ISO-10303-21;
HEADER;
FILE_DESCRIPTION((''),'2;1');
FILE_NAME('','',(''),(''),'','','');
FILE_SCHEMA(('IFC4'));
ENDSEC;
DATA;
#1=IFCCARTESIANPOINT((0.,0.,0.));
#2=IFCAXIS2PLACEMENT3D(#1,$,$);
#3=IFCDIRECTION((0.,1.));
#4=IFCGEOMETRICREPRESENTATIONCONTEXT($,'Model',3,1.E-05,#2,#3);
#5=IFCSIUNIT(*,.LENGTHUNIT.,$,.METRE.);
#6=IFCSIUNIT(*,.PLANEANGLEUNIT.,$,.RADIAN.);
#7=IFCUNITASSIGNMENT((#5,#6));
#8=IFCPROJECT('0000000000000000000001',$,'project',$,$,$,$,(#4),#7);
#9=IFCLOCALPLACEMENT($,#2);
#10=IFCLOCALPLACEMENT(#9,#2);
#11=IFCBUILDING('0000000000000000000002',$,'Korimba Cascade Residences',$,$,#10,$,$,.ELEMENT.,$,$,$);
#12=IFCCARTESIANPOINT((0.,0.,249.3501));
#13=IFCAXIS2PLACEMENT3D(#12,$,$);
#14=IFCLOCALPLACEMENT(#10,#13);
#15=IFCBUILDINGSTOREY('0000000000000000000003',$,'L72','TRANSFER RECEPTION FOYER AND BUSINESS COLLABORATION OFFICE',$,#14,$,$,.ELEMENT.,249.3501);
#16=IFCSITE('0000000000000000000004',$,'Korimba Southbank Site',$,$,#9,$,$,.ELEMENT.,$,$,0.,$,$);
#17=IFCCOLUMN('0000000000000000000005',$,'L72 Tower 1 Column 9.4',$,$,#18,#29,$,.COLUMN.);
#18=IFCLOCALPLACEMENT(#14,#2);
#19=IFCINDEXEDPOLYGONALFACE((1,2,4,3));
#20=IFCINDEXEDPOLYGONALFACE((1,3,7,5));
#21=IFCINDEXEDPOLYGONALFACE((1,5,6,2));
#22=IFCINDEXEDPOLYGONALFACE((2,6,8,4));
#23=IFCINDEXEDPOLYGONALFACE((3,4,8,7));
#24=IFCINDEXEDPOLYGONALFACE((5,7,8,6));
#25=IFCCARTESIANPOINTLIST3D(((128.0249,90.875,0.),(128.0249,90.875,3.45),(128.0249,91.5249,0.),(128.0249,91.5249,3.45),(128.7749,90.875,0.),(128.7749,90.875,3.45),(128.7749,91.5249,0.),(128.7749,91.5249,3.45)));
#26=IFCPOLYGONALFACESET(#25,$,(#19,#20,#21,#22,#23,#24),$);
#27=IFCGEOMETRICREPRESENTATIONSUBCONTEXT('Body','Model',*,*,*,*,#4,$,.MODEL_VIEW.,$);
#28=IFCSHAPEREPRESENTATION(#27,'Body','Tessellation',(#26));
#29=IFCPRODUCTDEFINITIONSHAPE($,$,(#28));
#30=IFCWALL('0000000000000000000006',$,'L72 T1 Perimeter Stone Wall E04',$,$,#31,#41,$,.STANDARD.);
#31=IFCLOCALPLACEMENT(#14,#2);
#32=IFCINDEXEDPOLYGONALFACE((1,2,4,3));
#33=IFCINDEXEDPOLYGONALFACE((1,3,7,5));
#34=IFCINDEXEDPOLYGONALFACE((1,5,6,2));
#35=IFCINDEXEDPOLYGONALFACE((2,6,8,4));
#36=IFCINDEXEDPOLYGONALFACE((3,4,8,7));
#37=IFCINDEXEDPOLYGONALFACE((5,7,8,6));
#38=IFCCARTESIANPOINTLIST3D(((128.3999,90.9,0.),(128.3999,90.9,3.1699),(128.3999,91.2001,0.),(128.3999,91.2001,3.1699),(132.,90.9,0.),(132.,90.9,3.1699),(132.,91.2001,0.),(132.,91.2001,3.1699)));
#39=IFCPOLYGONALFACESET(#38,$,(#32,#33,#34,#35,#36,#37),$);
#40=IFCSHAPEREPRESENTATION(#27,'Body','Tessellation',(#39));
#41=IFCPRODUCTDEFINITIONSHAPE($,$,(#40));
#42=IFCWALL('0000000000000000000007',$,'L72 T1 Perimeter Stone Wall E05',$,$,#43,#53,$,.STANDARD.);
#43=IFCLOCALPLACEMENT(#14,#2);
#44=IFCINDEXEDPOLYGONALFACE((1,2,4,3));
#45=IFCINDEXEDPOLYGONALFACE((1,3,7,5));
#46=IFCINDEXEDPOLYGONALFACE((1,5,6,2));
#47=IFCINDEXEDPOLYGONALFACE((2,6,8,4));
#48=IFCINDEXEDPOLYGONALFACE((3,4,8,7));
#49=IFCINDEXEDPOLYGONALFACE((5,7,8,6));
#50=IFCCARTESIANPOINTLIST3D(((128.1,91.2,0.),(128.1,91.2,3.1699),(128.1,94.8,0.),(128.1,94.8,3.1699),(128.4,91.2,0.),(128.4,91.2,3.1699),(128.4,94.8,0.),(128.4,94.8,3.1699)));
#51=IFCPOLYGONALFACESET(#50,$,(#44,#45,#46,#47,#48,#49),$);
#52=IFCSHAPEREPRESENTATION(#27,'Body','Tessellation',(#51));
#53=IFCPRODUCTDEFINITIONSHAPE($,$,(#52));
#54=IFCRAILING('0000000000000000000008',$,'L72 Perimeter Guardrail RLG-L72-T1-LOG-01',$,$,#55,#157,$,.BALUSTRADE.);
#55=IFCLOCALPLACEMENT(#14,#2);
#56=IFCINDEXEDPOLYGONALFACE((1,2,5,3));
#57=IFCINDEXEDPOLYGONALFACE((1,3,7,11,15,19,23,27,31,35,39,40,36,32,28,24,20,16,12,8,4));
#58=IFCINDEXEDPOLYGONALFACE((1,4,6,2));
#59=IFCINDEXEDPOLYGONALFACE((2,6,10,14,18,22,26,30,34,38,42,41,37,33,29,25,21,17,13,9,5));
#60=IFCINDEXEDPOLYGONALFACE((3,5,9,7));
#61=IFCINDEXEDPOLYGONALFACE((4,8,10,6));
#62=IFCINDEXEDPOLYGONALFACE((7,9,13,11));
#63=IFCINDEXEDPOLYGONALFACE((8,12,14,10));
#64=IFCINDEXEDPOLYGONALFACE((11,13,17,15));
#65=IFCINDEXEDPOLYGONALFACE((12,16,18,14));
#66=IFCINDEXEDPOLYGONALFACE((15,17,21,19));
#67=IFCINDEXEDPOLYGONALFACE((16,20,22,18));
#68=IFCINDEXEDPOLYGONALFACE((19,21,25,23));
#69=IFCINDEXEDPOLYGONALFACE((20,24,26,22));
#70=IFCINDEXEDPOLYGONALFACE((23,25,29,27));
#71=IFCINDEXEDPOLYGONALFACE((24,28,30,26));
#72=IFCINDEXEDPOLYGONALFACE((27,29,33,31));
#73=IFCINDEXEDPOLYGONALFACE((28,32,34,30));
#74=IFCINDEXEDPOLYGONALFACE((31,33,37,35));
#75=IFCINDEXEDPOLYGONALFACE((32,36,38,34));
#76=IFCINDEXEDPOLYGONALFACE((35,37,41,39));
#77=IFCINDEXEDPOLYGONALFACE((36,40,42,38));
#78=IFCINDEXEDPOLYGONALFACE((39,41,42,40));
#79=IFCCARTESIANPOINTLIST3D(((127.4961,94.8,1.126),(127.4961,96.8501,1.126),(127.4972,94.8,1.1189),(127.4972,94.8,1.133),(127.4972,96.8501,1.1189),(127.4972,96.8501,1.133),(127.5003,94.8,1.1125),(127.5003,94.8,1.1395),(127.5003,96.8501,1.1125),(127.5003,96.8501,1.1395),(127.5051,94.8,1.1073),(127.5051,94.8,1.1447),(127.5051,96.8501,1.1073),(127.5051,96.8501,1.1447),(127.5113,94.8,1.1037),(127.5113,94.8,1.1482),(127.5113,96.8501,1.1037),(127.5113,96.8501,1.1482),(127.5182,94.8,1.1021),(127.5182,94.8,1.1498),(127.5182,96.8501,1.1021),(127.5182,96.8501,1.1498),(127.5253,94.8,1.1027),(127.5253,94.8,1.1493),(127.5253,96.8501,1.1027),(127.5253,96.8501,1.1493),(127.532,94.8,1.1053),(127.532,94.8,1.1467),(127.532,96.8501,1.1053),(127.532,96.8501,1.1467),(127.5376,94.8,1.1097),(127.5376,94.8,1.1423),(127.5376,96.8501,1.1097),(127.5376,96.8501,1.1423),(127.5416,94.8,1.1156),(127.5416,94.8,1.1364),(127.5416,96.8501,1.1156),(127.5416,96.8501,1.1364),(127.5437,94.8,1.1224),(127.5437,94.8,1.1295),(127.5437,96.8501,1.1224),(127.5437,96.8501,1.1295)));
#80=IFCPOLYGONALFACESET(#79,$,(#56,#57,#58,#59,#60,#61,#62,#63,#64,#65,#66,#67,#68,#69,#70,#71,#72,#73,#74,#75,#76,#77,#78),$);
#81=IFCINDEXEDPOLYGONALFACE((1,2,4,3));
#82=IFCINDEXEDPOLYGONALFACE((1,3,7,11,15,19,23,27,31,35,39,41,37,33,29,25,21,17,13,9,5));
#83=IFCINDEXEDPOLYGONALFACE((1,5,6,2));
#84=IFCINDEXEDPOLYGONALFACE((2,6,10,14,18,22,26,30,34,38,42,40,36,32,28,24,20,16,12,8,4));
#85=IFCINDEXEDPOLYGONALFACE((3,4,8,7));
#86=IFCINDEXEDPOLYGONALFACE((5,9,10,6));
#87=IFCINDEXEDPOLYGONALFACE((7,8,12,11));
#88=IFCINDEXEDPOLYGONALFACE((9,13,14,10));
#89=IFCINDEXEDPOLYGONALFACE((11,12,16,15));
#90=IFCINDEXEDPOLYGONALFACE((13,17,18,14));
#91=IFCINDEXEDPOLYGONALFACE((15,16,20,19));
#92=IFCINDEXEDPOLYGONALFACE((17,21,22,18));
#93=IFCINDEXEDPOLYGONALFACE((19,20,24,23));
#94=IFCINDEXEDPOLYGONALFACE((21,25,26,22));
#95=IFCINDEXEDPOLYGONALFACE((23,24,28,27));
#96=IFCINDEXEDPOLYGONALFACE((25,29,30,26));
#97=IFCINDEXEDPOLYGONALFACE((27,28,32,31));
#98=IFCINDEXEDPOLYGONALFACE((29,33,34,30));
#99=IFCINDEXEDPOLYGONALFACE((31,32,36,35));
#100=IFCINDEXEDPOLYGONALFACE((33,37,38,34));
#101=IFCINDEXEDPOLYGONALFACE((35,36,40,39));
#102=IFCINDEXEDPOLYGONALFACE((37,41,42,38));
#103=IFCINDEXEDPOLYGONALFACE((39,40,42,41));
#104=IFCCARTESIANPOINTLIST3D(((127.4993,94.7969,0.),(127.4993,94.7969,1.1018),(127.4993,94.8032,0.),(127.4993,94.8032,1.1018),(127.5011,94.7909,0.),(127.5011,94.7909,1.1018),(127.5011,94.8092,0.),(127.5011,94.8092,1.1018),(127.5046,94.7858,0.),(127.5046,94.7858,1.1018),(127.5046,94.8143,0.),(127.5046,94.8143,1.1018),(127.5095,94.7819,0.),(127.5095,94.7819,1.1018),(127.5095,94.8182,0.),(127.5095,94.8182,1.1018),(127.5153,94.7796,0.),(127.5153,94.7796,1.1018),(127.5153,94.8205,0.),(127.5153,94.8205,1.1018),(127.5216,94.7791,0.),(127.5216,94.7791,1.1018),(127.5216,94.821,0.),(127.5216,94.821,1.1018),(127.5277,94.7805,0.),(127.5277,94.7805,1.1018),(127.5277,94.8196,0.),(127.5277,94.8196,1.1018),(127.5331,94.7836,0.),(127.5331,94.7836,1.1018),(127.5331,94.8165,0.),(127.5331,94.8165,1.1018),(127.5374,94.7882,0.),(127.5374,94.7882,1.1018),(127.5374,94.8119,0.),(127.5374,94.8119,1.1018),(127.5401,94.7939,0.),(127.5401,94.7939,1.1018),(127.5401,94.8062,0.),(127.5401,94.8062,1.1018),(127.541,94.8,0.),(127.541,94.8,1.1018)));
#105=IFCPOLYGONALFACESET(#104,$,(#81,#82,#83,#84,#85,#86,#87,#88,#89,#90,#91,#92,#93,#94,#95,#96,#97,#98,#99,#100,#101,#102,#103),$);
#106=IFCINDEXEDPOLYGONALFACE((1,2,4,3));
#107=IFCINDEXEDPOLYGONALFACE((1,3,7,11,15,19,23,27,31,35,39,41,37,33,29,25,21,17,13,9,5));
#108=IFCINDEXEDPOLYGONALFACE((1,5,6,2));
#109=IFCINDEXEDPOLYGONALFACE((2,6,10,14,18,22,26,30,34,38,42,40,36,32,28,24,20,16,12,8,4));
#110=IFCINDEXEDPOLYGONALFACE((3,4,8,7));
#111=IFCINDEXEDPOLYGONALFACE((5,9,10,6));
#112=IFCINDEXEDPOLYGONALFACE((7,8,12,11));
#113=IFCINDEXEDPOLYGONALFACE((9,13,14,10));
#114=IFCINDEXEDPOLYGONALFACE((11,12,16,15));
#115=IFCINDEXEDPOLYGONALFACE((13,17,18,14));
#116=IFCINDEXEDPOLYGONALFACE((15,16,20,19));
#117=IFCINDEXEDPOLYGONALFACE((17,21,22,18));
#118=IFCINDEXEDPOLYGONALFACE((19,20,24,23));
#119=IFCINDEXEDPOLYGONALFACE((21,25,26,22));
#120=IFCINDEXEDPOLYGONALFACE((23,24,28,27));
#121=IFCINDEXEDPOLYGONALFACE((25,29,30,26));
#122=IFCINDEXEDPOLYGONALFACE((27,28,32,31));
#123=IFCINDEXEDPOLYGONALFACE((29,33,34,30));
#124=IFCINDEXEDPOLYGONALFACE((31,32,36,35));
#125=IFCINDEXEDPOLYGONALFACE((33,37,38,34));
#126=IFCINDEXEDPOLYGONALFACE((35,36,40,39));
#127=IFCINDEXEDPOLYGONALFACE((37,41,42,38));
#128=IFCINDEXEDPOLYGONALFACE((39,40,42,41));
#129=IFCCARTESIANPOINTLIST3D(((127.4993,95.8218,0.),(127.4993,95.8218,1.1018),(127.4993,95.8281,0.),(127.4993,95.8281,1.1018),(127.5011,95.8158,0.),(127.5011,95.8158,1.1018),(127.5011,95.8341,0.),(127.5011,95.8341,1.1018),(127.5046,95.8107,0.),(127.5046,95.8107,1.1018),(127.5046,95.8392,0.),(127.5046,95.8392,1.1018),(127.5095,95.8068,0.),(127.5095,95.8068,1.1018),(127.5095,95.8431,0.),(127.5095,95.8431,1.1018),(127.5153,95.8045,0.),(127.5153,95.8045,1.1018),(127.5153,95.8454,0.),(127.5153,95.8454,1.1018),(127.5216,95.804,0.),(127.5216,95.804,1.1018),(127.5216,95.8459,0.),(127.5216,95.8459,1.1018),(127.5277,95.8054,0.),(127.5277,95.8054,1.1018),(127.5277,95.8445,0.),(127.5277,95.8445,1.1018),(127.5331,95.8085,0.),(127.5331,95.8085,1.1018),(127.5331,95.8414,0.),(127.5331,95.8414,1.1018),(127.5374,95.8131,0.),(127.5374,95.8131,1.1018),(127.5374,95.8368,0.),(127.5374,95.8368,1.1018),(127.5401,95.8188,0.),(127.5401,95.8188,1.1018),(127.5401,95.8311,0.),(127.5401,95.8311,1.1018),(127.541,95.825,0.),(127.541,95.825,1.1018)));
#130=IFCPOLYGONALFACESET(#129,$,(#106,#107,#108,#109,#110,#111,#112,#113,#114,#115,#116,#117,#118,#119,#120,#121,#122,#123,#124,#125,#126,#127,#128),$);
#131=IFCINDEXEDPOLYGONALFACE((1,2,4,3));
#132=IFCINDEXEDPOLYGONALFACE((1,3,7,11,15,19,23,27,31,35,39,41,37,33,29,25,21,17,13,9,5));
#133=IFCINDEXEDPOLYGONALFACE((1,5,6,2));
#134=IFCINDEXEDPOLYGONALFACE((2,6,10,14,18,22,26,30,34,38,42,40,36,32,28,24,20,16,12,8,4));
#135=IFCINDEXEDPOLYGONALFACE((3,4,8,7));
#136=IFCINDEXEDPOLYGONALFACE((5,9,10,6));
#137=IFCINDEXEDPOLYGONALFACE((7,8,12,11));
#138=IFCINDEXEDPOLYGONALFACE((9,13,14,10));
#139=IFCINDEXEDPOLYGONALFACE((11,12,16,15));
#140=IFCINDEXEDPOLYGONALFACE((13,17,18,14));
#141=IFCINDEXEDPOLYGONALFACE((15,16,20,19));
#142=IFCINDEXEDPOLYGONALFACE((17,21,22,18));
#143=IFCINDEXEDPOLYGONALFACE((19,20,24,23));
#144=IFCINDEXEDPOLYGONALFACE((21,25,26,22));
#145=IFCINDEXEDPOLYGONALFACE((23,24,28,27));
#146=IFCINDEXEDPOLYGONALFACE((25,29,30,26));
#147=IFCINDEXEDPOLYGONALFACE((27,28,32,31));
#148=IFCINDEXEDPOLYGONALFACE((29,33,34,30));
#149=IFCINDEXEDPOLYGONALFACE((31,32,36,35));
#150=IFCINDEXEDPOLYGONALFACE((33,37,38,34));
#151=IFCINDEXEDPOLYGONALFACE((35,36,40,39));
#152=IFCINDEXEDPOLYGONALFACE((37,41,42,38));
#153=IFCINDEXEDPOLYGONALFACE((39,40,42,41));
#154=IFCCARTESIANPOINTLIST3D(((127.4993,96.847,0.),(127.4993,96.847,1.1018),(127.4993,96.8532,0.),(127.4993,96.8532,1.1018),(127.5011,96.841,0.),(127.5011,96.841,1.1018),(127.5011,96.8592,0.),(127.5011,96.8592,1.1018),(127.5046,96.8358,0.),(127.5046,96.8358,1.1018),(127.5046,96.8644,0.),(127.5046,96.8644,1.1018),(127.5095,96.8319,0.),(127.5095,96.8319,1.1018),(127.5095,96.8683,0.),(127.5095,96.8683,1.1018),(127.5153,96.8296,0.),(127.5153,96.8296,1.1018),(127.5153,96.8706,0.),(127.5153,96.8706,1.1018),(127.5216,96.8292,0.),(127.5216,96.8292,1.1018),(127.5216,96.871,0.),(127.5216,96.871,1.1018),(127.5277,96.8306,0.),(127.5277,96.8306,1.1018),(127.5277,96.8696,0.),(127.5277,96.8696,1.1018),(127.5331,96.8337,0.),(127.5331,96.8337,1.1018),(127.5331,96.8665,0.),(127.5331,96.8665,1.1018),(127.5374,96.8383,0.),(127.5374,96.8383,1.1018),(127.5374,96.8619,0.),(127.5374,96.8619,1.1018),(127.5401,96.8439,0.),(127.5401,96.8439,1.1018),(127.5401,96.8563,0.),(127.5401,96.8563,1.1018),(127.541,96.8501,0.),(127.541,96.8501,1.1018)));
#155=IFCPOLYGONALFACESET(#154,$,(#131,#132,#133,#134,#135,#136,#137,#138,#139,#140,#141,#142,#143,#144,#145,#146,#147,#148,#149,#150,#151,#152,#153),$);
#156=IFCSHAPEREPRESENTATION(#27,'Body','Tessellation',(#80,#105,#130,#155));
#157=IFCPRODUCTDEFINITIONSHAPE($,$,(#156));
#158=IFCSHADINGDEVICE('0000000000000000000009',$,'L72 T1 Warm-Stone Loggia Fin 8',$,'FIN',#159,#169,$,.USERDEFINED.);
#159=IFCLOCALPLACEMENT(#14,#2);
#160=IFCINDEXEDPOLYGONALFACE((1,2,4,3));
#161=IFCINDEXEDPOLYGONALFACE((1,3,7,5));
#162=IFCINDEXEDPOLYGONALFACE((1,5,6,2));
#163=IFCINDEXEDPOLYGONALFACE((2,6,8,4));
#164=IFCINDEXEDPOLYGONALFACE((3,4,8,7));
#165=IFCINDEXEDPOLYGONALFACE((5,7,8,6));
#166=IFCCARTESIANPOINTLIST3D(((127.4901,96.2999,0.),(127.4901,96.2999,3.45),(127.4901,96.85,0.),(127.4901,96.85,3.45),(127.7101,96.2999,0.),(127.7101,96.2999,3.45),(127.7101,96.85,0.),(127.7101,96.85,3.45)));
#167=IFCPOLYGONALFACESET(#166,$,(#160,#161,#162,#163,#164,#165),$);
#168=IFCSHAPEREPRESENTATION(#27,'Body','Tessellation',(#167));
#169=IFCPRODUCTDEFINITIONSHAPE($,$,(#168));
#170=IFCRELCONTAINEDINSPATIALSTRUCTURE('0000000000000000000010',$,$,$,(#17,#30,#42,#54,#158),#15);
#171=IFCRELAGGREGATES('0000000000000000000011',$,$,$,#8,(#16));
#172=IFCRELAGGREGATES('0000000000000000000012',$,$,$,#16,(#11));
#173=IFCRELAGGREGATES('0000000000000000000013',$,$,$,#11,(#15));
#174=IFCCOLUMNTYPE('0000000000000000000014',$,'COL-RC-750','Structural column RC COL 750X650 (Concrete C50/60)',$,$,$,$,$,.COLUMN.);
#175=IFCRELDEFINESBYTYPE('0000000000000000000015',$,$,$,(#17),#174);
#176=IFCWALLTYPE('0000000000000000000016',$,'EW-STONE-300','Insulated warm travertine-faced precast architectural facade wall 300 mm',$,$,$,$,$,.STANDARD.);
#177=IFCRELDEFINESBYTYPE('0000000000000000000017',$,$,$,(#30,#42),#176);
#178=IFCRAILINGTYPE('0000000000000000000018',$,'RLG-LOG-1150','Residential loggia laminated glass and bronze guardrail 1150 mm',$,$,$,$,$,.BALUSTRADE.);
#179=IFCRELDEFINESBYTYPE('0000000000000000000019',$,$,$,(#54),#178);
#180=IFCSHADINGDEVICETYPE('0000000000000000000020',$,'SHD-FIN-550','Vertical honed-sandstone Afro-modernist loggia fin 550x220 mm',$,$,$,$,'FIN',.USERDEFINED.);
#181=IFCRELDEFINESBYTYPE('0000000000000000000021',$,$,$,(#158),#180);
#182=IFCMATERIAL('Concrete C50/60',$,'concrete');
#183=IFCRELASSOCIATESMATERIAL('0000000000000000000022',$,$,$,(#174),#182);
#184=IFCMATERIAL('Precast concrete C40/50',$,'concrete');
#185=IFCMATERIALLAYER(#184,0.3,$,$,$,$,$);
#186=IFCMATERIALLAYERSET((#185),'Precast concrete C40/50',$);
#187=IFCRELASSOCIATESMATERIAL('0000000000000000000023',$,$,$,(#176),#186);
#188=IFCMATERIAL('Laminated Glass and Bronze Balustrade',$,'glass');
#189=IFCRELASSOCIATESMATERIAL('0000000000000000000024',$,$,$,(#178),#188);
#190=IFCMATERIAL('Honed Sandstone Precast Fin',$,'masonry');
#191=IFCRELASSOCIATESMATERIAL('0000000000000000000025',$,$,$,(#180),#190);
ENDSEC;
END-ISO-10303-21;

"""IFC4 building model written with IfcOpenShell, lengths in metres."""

from ifc_helpers import new_model, si_unit, direction, frame, frame_2d, origin, origin_2d, place, context, subcontext, project, spatial, rectangle, circle, extrude, material, layer, layer_set, material_profile, profile_set, type_object, element, save


model = new_model("IFC4")

# Units and contexts
model_context = context("Model", 3, precision=1e-05, world=origin(), true_north=direction((0.0, 1.0)))
body_context = subcontext(model_context, "Body", "Model", "MODEL_VIEW")
ifc_project = project(units=[si_unit("LENGTHUNIT", "METRE"), si_unit("PLANEANGLEUNIT", "RADIAN")], contexts=[model_context])

# Site, building, storey
site_placement = place(None, origin())
site = spatial("IfcSite", under=ifc_project, at=site_placement, Name="Korimba Southbank Site", CompositionType="ELEMENT", RefElevation=0.0)
building_placement = place(site_placement, origin())
building = spatial("IfcBuilding", under=site, at=building_placement, Name="Korimba Cascade Residences", CompositionType="ELEMENT")
storey_placement = place(building_placement, frame((0.0, 0.0, 249.3501)))
storey = spatial("IfcBuildingStorey", under=building, at=storey_placement, Name="L72", Description="TRANSFER RECEPTION FOYER AND BUSINESS COLLABORATION OFFICE", CompositionType="ELEMENT", Elevation=249.3501)

# Column
ifc_material_1 = material(Name="Concrete C50/60", Category="concrete")
ifc_material_profile = material_profile(ifc_material_1, rectangle(XDim=0.75, YDim=0.6499, at=origin_2d()), Name="Concrete C50/60")
ifc_profile_set = profile_set([ifc_material_profile], Name="Concrete C50/60")
column_type = type_object("IfcColumnType", Name="COL-RC-750", Description="Structural column RC COL 750X650 (Concrete C50/60)", PredefinedType="COLUMN", material=ifc_profile_set)
column_placement = place(storey_placement, frame((128.3999, 91.2, 0.0), z_axis=(0.0, 0.0, 1.0), x_axis=(1.0, 0.0, 0.0)))
element("IfcColumn", 1, at=column_placement, inside=storey, type_object=column_type, Name="L72 Tower 1 Column 9.4", PredefinedType="COLUMN", context=body_context, shape_type="SweptSolid", body=[
    extrude(rectangle(XDim=0.75, YDim=0.6499, at=origin_2d()), origin(), (0.0, 0.0, 1.0), 3.45),
])

# Shared definitions
ifc_material_2 = material(Name="Precast concrete C40/50", Category="concrete")

# Walls
ifc_layer_1 = layer(ifc_material_2, 0.3)
ifc_layer_set_1 = layer_set([ifc_layer_1], Name="Precast concrete C40/50")
wall_type_1 = type_object("IfcWallType", Name="EW-STONE-300", Description="Insulated warm travertine-faced precast architectural facade wall 300 mm", PredefinedType="STANDARD", material=ifc_layer_set_1)
for number, where, z_axis, x_axis, name in (
    (2, (132.0, 91.05, 0.0), (0.0, 0.0, 1.0), (-1.0, 0.0, 0.0), "L72 T1 Perimeter Stone Wall E04"),
    (3, (128.25, 91.2, 0.0), (0.0, 0.0, 1.0), (0.0, 1.0, 0.0), "L72 T1 Perimeter Stone Wall E05"),
):
    element("IfcWall", number, at=place(storey_placement, frame(where, z_axis=z_axis, x_axis=x_axis)), inside=storey, type_object=wall_type_1, Name=name, PredefinedType="STANDARD", context=body_context, shape_type="SweptSolid", body=[
        extrude(rectangle(XDim=3.6001, YDim=0.3, at=frame_2d((1.8, 0.0))), origin(), (0.0, 0.0, 1.0), 3.1699),
    ])

# Railing
ifc_material_3 = material(Name="Laminated Glass and Bronze Balustrade", Category="glass")
railing_type = type_object("IfcRailingType", Name="RLG-LOG-1150", Description="Residential loggia laminated glass and bronze guardrail 1150 mm", PredefinedType="BALUSTRADE", material=ifc_material_3)
railing_1_placement = place(storey_placement, frame((127.52, 94.8, 0.0)))
element("IfcRailing", 4, at=railing_1_placement, inside=storey, type_object=railing_type, Name="L72 Perimeter Guardrail RLG-L72-T1-LOG-01", PredefinedType="BALUSTRADE", context=body_context, shape_type="SweptSolid", body=[
    extrude(circle(Radius=0.0239, at=origin_2d()), frame((0.0, 0.0, 1.126), z_axis=(0.0, 1.0, 0.0), x_axis=(-1.0, 0.0, 0.0)), (0.0, 0.0, 1.0), 2.05),
    extrude(circle(Radius=0.021, at=origin_2d()), origin(), (0.0, 0.0, 1.0), 1.1018),
    extrude(circle(Radius=0.021, at=origin_2d()), frame((0.0, 1.0249, 0.0)), (0.0, 0.0, 1.0), 1.1018),
    extrude(circle(Radius=0.021, at=origin_2d()), frame((0.0, 2.05, 0.0)), (0.0, 0.0, 1.0), 1.1018),
])

# Shading device
ifc_material_4 = material(Name="Honed Sandstone Precast Fin", Category="masonry")
shading_device_type = type_object("IfcShadingDeviceType", Name="SHD-FIN-550", Description="Vertical honed-sandstone Afro-modernist loggia fin 550x220 mm", ElementType="FIN", PredefinedType="USERDEFINED", material=ifc_material_4)
shading_device_placement = place(storey_placement, frame((127.6001, 96.575, 0.0), z_axis=(0.0, 0.0, 1.0), x_axis=(1.0, 0.0, 0.0)))
element("IfcShadingDevice", 5, at=shading_device_placement, inside=storey, type_object=shading_device_type, Name="L72 T1 Warm-Stone Loggia Fin 8", ObjectType="FIN", PredefinedType="USERDEFINED", context=body_context, shape_type="SweptSolid", body=[
    extrude(rectangle(XDim=0.22, YDim=0.55, at=origin_2d()), origin(), (0.0, 0.0, 1.0), 3.45),
])

save(model, "model.ifc")
